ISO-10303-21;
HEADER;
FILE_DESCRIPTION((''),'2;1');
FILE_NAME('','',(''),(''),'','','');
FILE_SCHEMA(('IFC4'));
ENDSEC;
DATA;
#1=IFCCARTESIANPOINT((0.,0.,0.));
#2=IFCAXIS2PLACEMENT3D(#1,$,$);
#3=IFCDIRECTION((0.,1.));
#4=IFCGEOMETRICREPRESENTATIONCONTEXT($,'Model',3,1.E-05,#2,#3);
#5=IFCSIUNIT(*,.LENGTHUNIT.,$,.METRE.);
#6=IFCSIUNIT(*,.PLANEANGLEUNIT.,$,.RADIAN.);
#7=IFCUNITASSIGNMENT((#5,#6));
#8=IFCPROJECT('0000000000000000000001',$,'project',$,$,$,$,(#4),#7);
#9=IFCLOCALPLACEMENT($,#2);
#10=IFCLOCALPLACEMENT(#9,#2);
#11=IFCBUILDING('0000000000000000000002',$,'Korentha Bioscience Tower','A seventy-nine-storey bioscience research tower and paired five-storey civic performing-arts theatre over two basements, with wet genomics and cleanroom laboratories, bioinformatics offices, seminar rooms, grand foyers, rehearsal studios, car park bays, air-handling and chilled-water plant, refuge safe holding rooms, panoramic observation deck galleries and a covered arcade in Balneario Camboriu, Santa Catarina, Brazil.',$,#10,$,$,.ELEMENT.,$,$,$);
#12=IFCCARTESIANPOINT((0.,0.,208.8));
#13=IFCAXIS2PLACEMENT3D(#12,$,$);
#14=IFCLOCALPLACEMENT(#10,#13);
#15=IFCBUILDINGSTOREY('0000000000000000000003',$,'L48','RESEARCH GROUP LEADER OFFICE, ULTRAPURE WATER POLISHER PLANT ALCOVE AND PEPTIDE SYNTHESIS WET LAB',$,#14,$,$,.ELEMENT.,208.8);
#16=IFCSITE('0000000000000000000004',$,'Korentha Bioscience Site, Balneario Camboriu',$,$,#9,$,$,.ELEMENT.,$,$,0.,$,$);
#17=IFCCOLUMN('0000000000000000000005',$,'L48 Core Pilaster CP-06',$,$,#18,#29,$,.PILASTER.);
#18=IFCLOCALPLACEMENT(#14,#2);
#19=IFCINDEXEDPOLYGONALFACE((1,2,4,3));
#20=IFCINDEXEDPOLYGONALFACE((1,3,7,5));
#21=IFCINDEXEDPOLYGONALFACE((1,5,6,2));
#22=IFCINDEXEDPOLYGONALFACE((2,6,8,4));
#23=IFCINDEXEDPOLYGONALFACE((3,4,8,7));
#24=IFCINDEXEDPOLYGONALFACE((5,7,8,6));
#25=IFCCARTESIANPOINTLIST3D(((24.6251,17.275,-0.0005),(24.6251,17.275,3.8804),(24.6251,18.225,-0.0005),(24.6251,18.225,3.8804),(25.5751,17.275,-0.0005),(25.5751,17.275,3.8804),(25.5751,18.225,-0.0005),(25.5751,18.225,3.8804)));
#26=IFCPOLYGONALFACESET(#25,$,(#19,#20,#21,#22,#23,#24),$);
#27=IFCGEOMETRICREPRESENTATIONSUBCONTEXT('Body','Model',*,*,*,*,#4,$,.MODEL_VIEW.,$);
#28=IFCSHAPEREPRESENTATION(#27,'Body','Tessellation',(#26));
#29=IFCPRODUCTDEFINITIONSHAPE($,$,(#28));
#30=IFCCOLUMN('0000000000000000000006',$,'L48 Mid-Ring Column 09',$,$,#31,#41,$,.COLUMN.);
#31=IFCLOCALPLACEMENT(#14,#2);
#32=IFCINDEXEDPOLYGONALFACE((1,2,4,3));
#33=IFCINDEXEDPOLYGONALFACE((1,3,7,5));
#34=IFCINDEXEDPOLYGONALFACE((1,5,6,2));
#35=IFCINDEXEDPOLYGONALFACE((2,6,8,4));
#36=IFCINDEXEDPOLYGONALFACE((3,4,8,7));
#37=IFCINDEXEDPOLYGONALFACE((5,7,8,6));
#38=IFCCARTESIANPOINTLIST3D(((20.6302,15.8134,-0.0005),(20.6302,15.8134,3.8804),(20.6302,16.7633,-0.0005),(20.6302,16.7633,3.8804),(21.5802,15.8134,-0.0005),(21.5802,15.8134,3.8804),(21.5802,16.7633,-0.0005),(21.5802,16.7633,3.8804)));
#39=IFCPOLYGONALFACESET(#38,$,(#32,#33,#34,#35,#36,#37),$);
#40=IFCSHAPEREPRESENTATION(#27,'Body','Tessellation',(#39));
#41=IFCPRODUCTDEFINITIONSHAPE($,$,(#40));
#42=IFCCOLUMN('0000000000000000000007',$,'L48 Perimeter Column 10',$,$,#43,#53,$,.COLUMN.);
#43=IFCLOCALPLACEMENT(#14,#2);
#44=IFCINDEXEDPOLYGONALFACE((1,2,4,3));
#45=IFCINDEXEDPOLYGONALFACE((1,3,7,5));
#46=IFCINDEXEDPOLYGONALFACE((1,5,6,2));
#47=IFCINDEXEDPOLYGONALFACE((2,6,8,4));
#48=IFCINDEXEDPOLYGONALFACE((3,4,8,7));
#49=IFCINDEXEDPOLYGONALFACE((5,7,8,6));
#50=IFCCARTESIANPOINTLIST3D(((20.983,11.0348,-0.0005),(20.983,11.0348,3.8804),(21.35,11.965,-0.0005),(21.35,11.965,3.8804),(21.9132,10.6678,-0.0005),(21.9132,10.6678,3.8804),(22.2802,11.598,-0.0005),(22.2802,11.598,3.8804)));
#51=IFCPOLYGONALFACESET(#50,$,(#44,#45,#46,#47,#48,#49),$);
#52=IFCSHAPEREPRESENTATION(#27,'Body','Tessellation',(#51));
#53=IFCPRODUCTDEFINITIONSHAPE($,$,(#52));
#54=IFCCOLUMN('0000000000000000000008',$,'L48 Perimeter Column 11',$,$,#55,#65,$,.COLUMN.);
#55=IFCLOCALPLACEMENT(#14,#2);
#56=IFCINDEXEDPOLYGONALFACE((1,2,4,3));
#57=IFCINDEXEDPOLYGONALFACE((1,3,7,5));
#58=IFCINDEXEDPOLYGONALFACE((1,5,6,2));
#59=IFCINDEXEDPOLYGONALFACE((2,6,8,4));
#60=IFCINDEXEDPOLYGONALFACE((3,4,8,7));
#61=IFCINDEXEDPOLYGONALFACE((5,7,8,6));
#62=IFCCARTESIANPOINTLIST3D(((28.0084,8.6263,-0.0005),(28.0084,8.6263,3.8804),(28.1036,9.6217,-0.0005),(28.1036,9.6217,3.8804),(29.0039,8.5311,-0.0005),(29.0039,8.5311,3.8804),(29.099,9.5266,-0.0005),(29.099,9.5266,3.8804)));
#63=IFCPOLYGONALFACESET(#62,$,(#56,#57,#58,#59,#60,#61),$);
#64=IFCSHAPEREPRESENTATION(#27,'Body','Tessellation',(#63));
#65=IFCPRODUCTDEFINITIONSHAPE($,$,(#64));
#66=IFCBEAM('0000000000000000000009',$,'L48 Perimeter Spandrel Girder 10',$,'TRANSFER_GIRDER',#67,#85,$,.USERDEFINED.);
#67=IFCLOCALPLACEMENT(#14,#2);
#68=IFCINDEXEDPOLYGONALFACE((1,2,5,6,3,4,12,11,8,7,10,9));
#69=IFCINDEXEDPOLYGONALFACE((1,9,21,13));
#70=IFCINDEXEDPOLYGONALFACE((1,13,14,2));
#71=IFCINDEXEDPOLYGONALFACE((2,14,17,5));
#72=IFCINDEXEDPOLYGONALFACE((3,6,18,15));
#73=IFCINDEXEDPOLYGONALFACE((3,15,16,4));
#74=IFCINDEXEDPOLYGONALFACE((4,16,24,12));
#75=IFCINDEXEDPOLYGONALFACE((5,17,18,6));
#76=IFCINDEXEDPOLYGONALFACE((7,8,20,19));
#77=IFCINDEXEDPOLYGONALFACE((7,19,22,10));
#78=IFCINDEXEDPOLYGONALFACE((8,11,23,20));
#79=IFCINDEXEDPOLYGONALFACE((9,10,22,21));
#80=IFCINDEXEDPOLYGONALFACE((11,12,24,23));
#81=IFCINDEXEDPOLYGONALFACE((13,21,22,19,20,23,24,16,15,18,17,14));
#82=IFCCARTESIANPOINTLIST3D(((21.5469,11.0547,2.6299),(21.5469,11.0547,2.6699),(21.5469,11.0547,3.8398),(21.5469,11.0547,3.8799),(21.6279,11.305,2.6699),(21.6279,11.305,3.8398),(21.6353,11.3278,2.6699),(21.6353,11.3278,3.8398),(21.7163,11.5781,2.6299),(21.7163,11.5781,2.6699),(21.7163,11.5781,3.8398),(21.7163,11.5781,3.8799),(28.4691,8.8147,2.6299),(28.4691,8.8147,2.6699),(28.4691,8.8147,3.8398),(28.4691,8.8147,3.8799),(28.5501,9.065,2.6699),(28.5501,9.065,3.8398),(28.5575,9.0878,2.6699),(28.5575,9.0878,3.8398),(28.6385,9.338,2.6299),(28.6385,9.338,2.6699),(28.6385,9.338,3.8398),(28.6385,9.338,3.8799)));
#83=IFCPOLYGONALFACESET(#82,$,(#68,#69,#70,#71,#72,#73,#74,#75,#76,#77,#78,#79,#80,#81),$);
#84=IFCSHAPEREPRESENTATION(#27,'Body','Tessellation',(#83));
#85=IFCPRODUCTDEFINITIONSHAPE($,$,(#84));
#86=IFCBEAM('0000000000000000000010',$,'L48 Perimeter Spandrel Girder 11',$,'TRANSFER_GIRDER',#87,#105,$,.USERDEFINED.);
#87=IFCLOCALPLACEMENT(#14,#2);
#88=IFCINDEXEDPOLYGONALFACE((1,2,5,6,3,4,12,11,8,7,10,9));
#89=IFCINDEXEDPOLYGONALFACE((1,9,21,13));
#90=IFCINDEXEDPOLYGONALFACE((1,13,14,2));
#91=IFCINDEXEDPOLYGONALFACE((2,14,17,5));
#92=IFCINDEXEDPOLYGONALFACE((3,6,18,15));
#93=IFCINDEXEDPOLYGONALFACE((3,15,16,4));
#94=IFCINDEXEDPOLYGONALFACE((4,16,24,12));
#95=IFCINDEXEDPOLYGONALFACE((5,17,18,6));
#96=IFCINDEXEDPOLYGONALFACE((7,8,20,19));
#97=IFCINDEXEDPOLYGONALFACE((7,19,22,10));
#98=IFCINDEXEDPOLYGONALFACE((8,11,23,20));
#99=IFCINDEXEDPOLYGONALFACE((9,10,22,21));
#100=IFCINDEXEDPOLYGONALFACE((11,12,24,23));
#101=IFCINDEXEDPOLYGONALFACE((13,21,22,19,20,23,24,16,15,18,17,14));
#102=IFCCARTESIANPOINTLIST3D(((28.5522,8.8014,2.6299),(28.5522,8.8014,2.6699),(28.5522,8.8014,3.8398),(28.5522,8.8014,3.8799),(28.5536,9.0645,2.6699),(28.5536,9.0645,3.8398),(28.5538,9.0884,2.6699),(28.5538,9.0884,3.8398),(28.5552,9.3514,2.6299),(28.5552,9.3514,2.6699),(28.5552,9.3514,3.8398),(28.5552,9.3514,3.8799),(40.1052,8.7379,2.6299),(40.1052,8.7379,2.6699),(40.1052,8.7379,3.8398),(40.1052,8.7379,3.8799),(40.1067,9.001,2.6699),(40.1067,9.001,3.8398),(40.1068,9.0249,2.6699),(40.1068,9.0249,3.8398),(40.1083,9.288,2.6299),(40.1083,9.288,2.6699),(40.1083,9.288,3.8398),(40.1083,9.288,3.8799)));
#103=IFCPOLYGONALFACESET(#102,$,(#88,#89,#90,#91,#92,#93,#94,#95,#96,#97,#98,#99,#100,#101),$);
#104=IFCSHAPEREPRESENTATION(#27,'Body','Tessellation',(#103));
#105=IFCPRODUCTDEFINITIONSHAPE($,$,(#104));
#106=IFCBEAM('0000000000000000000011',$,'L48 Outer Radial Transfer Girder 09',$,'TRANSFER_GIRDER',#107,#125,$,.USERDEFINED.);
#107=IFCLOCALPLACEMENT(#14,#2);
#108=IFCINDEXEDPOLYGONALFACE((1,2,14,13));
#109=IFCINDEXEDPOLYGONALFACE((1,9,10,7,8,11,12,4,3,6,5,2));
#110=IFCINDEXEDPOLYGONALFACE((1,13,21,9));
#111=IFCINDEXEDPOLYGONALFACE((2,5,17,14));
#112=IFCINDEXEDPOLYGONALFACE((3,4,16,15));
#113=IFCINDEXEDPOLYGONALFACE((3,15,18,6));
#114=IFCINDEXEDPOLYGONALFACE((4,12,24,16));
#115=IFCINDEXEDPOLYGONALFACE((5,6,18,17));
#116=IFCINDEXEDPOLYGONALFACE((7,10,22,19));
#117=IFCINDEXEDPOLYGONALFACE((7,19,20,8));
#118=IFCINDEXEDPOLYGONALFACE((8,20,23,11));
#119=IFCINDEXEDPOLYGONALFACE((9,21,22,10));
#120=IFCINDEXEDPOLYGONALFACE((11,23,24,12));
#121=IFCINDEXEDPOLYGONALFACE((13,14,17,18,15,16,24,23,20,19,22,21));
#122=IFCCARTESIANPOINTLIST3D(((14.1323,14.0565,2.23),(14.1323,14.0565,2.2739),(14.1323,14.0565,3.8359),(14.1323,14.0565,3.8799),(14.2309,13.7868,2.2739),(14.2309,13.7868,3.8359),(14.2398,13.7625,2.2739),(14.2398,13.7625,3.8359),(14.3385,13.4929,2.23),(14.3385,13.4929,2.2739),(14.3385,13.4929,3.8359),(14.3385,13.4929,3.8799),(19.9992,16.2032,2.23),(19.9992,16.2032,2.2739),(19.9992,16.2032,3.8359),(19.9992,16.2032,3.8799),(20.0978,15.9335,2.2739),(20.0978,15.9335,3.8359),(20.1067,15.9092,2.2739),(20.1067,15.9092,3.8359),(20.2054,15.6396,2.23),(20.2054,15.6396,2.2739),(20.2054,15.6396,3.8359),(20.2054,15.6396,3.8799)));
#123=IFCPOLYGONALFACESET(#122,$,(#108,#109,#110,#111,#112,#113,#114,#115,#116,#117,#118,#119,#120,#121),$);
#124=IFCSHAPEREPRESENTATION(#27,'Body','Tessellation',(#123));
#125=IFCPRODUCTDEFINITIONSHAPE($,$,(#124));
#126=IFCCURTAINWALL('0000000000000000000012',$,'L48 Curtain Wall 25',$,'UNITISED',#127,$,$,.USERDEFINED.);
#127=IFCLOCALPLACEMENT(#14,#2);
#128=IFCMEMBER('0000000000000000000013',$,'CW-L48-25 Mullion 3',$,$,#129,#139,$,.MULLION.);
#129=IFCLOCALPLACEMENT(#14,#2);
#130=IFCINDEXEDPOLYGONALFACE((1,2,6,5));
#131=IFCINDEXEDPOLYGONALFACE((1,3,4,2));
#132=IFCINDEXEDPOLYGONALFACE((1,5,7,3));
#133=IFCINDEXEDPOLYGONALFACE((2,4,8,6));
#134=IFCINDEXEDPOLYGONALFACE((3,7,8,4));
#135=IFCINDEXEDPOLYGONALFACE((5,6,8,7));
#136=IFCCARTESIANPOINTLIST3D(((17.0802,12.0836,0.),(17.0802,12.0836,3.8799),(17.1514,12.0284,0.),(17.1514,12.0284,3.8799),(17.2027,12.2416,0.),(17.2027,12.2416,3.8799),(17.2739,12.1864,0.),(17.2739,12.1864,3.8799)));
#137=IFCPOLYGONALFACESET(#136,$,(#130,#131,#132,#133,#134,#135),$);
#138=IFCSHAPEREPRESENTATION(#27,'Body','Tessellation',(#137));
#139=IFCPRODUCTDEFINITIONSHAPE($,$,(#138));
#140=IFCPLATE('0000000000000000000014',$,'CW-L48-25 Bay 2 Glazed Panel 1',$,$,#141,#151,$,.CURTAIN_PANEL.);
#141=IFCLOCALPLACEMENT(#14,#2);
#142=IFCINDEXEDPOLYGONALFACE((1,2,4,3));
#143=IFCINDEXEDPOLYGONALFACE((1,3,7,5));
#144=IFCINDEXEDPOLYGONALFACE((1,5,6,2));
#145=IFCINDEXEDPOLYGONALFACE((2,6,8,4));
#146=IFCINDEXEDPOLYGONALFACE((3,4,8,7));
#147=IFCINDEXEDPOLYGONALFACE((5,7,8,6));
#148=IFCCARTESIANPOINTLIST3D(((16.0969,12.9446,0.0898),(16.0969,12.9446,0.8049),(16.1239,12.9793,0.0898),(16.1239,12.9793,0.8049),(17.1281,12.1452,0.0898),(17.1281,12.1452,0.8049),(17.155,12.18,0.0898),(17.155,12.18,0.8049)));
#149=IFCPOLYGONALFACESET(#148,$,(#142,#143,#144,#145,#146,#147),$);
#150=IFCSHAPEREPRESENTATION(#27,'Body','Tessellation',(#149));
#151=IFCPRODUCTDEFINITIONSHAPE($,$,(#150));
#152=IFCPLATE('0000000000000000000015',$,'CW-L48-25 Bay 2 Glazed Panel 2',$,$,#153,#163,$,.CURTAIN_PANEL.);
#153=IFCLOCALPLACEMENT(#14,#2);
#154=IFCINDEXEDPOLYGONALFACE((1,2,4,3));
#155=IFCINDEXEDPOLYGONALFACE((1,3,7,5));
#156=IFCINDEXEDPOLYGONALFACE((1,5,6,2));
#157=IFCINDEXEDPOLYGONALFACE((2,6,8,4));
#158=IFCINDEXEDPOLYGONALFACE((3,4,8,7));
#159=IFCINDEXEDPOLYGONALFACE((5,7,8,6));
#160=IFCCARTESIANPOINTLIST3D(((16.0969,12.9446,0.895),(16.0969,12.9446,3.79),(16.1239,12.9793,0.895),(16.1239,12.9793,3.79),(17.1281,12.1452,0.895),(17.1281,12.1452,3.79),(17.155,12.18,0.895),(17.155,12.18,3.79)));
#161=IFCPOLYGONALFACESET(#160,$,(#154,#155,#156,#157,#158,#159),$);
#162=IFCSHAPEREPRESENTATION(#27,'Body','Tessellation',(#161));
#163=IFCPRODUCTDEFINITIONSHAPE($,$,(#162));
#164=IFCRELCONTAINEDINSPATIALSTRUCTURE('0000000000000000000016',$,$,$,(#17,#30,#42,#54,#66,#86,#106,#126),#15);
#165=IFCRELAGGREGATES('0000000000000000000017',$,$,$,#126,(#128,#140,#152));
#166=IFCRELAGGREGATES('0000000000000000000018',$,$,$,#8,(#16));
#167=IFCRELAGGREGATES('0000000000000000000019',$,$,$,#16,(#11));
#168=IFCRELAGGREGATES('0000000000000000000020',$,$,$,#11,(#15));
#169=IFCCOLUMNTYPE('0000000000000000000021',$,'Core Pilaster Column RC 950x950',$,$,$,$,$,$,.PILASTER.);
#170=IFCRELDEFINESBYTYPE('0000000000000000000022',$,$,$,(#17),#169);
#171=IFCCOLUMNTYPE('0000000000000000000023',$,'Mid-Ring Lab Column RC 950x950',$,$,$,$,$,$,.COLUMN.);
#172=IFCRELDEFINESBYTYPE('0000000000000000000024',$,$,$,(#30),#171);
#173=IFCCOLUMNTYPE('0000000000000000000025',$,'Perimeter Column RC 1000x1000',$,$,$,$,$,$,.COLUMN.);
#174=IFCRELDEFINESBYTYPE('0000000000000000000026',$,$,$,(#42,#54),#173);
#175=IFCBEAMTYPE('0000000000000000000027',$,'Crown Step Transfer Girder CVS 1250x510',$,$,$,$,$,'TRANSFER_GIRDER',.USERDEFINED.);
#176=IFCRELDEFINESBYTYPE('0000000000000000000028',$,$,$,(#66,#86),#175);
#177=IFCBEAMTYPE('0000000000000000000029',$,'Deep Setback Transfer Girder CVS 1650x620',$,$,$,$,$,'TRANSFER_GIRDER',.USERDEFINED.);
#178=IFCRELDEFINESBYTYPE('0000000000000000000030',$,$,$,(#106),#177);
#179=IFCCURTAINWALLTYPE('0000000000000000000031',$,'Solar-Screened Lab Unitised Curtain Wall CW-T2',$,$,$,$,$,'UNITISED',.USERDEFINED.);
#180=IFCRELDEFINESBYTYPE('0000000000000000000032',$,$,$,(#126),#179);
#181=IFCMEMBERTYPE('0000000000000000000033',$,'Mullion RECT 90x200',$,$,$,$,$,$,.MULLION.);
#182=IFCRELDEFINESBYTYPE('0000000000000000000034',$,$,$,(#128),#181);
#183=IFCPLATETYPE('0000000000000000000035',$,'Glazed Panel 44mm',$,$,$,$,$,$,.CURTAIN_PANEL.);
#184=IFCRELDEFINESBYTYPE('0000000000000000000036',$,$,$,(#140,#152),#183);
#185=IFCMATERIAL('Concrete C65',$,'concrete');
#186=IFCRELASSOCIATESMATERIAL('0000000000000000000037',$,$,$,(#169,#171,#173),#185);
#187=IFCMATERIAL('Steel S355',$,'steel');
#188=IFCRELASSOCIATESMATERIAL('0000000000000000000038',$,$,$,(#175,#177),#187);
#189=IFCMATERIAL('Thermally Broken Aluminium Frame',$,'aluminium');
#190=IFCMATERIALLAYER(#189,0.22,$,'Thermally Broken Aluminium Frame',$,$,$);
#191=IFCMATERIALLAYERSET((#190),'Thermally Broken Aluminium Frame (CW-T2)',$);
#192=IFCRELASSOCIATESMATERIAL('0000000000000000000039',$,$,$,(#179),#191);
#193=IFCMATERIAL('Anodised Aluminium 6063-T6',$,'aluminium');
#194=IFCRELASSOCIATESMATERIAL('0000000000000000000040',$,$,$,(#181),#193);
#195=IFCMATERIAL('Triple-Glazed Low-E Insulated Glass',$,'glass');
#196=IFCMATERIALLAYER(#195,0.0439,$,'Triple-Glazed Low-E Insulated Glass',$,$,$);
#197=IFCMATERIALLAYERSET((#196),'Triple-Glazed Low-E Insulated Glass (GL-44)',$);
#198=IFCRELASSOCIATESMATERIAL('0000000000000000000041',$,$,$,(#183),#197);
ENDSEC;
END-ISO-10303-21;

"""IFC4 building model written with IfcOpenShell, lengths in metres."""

from ifc_helpers import new_model, si_unit, direction, frame, origin, origin_2d, place, context, subcontext, project, spatial, rectangle, i_section, extrude, material, layer, layer_set, material_profile, profile_set, type_object, element, aggregate, save


model = new_model("IFC4")

# Units and contexts
model_context = context("Model", 3, precision=1e-05, world=origin(), true_north=direction((0.0, 1.0)))
body_context = subcontext(model_context, "Body", "Model", "MODEL_VIEW")
ifc_project = project(units=[si_unit("LENGTHUNIT", "METRE"), si_unit("PLANEANGLEUNIT", "RADIAN")], contexts=[model_context])

# Site, building, storey
site_placement = place(None, origin())
site = spatial("IfcSite", under=ifc_project, at=site_placement, Name="Korentha Bioscience Site, Balneario Camboriu", CompositionType="ELEMENT", RefElevation=0.0)
building_placement = place(site_placement, origin())
building = spatial("IfcBuilding", under=site, at=building_placement, Name="Korentha Bioscience Tower", Description="A seventy-nine-storey bioscience research tower and paired five-storey civic performing-arts theatre over two basements, with wet genomics and cleanroom laboratories, bioinformatics offices, seminar rooms, grand foyers, rehearsal studios, car park bays, air-handling and chilled-water plant, refuge safe holding rooms, panoramic observation deck galleries and a covered arcade in Balneario Camboriu, Santa Catarina, Brazil.", CompositionType="ELEMENT")
storey_placement = place(building_placement, frame((0.0, 0.0, 208.8)))
storey = spatial("IfcBuildingStorey", under=building, at=storey_placement, Name="L48", Description="RESEARCH GROUP LEADER OFFICE, ULTRAPURE WATER POLISHER PLANT ALCOVE AND PEPTIDE SYNTHESIS WET LAB", CompositionType="ELEMENT", Elevation=208.8)

# Columns
ifc_material_1 = material(Name="Concrete C65", Category="concrete")
ifc_material_profile_1 = material_profile(ifc_material_1, rectangle(XDim=0.95, YDim=0.95, at=origin_2d()), Name="Concrete C65")
ifc_profile_set_1 = profile_set([ifc_material_profile_1], Name="Concrete C65 (COL-CP09)")
column_type_1 = type_object("IfcColumnType", Name="Core Pilaster Column RC 950x950", PredefinedType="PILASTER", material=ifc_profile_set_1)
column_1_placement = place(storey_placement, frame((25.1001, 17.75, -0.0005), z_axis=(0.0, 0.0, 1.0), x_axis=(1.0, 0.0, 0.0)))
element("IfcColumn", 1, at=column_1_placement, inside=storey, type_object=column_type_1, Name="L48 Core Pilaster CP-06", PredefinedType="PILASTER", context=body_context, shape_type="SweptSolid", body=[
    extrude(rectangle(XDim=0.95, YDim=0.95, at=origin_2d()), origin(), (0.0, 0.0, 1.0), 3.8809),
])
ifc_material_profile_2 = material_profile(ifc_material_1, rectangle(XDim=0.95, YDim=0.95, at=origin_2d()), Name="Concrete C65")
ifc_profile_set_2 = profile_set([ifc_material_profile_2], Name="Concrete C65 (COL-MR09)")
column_type_2 = type_object("IfcColumnType", Name="Mid-Ring Lab Column RC 950x950", PredefinedType="COLUMN", material=ifc_profile_set_2)
column_2_placement = place(storey_placement, frame((21.1052, 16.2883, -0.0005), z_axis=(0.0, 0.0, 1.0), x_axis=(1.0, 0.0, 0.0)))
element("IfcColumn", 2, at=column_2_placement, inside=storey, type_object=column_type_2, Name="L48 Mid-Ring Column 09", PredefinedType="COLUMN", context=body_context, shape_type="SweptSolid", body=[
    extrude(rectangle(XDim=0.95, YDim=0.95, at=origin_2d()), origin(), (0.0, 0.0, 1.0), 3.8809),
])
ifc_material_profile_3 = material_profile(ifc_material_1, rectangle(XDim=1.0, YDim=1.0, at=origin_2d()), Name="Concrete C65")
ifc_profile_set_3 = profile_set([ifc_material_profile_3], Name="Concrete C65 (COL-P10)")
column_type_3 = type_object("IfcColumnType", Name="Perimeter Column RC 1000x1000", PredefinedType="COLUMN", material=ifc_profile_set_3)
for number, where, z_axis, x_axis, name in (
    (3, (21.6316, 11.3164, -0.0005), (0.0, 0.0, 1.0), (-0.930226, 0.366988, 0.0), "L48 Perimeter Column 10"),
    (4, (28.5537, 9.0764, -0.0005), (0.0, 0.0, 1.0), (-0.995463, 0.095151, 0.0), "L48 Perimeter Column 11"),
):
    element("IfcColumn", number, at=place(storey_placement, frame(where, z_axis=z_axis, x_axis=x_axis)), inside=storey, type_object=column_type_3, Name=name, PredefinedType="COLUMN", context=body_context, shape_type="SweptSolid", body=[
        extrude(rectangle(XDim=1.0, YDim=1.0, at=origin_2d()), origin(), (0.0, 0.0, 1.0), 3.8809),
    ])

# Beams
ifc_material_2 = material(Name="Steel S355", Category="steel")
ifc_material_profile_4 = material_profile(ifc_material_2, i_section(OverallWidth=0.55, OverallDepth=1.25, WebThickness=0.0239, FlangeThickness=0.04, at=origin_2d()), Name="Steel S355")
ifc_profile_set_4 = profile_set([ifc_material_profile_4], Name="Steel S355 (TG-03)")
beam_type_1 = type_object("IfcBeamType", Name="Crown Step Transfer Girder CVS 1250x510", ElementType="TRANSFER_GIRDER", PredefinedType="USERDEFINED", material=ifc_profile_set_4)
beam_1_placement = place(storey_placement, frame((21.6316, 11.3164, 3.2549), z_axis=(0.951425, -0.30788, 0.0), x_axis=(0.30788, 0.951425, 0.0)))
element("IfcBeam", 5, at=beam_1_placement, inside=storey, type_object=beam_type_1, Name="L48 Perimeter Spandrel Girder 10", ObjectType="TRANSFER_GIRDER", PredefinedType="USERDEFINED", context=body_context, shape_type="SweptSolid", body=[
    extrude(i_section(OverallWidth=0.55, OverallDepth=1.25, WebThickness=0.0239, FlangeThickness=0.04, at=origin_2d()), origin(), (0.0, 0.0, 1.0), 7.2756),
])
beam_2_placement = place(storey_placement, frame((28.5537, 9.0764, 3.2549), z_axis=(0.999985, -0.005494, 0.0), x_axis=(0.005494, 0.999985, 0.0)))
element("IfcBeam", 6, at=beam_2_placement, inside=storey, type_object=beam_type_1, Name="L48 Perimeter Spandrel Girder 11", ObjectType="TRANSFER_GIRDER", PredefinedType="USERDEFINED", context=body_context, shape_type="SweptSolid", body=[
    extrude(i_section(OverallWidth=0.55, OverallDepth=1.25, WebThickness=0.0239, FlangeThickness=0.04, at=origin_2d()), origin(), (0.0, 0.0, 1.0), 11.5532),
])
ifc_material_profile_5 = material_profile(ifc_material_2, i_section(OverallWidth=0.6001, OverallDepth=1.6499, WebThickness=0.0259, FlangeThickness=0.0439, at=origin_2d()), Name="Steel S355")
ifc_profile_set_5 = profile_set([ifc_material_profile_5], Name="Steel S355 (TG-04)")
beam_type_2 = type_object("IfcBeamType", Name="Deep Setback Transfer Girder CVS 1650x620", ElementType="TRANSFER_GIRDER", PredefinedType="USERDEFINED", material=ifc_profile_set_5)
beam_3_placement = place(storey_placement, frame((20.1023, 15.9214, 3.0549), z_axis=(-0.939108, -0.343622, 0.0), x_axis=(0.343622, -0.939108, 0.0)))
element("IfcBeam", 7, at=beam_3_placement, inside=storey, type_object=beam_type_2, Name="L48 Outer Radial Transfer Girder 09", ObjectType="TRANSFER_GIRDER", PredefinedType="USERDEFINED", context=body_context, shape_type="SweptSolid", body=[
    extrude(i_section(OverallWidth=0.6001, OverallDepth=1.6499, WebThickness=0.0259, FlangeThickness=0.0439, at=origin_2d()), origin(), (0.0, 0.0, 1.0), 6.2473),
])

# Curtain wall, member, plates
ifc_material_3 = material(Name="Thermally Broken Aluminium Frame", Category="aluminium")
ifc_layer_1 = layer(ifc_material_3, 0.22, Name="Thermally Broken Aluminium Frame")
ifc_layer_set_1 = layer_set([ifc_layer_1], Name="Thermally Broken Aluminium Frame (CW-T2)")
curtain_wall_type = type_object("IfcCurtainWallType", Name="Solar-Screened Lab Unitised Curtain Wall CW-T2", ElementType="UNITISED", PredefinedType="USERDEFINED", material=ifc_layer_set_1)
curtain_wall_placement = place(storey_placement, origin())
curtain_wall = element("IfcCurtainWall", 8, at=curtain_wall_placement, inside=storey, type_object=curtain_wall_type, Name="L48 Curtain Wall 25", ObjectType="UNITISED", PredefinedType="USERDEFINED")
ifc_material_4 = material(Name="Anodised Aluminium 6063-T6", Category="aluminium")
ifc_material_profile_6 = material_profile(ifc_material_4, rectangle(XDim=0.0901, YDim=0.2, at=origin_2d()), Name="Anodised Aluminium 6063-T6")
ifc_profile_set_6 = profile_set([ifc_material_profile_6], Name="Anodised Aluminium 6063-T6 (CW-MUL)")
member_type = type_object("IfcMemberType", Name="Mullion RECT 90x200", PredefinedType="MULLION", material=ifc_profile_set_6)
member_placement = place(storey_placement, frame((17.177, 12.135, 0.0), z_axis=(0.0, 0.0, 1.0), x_axis=(0.790346, -0.612661, 0.0)))
member = element("IfcMember", 9, at=member_placement, type_object=member_type, Name="CW-L48-25 Mullion 3", PredefinedType="MULLION", context=body_context, shape_type="SweptSolid", body=[
    extrude(rectangle(XDim=0.0901, YDim=0.2, at=origin_2d()), origin(), (0.0, 0.0, 1.0), 3.8799),
])
ifc_material_5 = material(Name="Triple-Glazed Low-E Insulated Glass", Category="glass")
ifc_layer_2 = layer(ifc_material_5, 0.0439, Name="Triple-Glazed Low-E Insulated Glass")
ifc_layer_set_2 = layer_set([ifc_layer_2], Name="Triple-Glazed Low-E Insulated Glass (GL-44)")
plate_type = type_object("IfcPlateType", Name="Glazed Panel 44mm", PredefinedType="CURTAIN_PANEL", material=ifc_layer_set_2)
plate_1_placement = place(storey_placement, frame((16.626, 12.5623, 0.0898), z_axis=(0.0, 0.0, 1.0), x_axis=(0.790346, -0.612661, 0.0)))
plate_1 = element("IfcPlate", 10, at=plate_1_placement, type_object=plate_type, Name="CW-L48-25 Bay 2 Glazed Panel 1", PredefinedType="CURTAIN_PANEL", context=body_context, shape_type="SweptSolid", body=[
    extrude(rectangle(XDim=1.3047, YDim=0.0439, at=origin_2d()), origin(), (0.0, 0.0, 1.0), 0.7151),
])
plate_2_placement = place(storey_placement, frame((16.626, 12.5623, 0.895), z_axis=(0.0, 0.0, 1.0), x_axis=(0.790346, -0.612661, 0.0)))
plate_2 = element("IfcPlate", 11, at=plate_2_placement, type_object=plate_type, Name="CW-L48-25 Bay 2 Glazed Panel 2", PredefinedType="CURTAIN_PANEL", context=body_context, shape_type="SweptSolid", body=[
    extrude(rectangle(XDim=1.3047, YDim=0.0439, at=origin_2d()), origin(), (0.0, 0.0, 1.0), 2.895),
])
aggregate(curtain_wall, [member, plate_1, plate_2])

save(model, "model.ifc")
